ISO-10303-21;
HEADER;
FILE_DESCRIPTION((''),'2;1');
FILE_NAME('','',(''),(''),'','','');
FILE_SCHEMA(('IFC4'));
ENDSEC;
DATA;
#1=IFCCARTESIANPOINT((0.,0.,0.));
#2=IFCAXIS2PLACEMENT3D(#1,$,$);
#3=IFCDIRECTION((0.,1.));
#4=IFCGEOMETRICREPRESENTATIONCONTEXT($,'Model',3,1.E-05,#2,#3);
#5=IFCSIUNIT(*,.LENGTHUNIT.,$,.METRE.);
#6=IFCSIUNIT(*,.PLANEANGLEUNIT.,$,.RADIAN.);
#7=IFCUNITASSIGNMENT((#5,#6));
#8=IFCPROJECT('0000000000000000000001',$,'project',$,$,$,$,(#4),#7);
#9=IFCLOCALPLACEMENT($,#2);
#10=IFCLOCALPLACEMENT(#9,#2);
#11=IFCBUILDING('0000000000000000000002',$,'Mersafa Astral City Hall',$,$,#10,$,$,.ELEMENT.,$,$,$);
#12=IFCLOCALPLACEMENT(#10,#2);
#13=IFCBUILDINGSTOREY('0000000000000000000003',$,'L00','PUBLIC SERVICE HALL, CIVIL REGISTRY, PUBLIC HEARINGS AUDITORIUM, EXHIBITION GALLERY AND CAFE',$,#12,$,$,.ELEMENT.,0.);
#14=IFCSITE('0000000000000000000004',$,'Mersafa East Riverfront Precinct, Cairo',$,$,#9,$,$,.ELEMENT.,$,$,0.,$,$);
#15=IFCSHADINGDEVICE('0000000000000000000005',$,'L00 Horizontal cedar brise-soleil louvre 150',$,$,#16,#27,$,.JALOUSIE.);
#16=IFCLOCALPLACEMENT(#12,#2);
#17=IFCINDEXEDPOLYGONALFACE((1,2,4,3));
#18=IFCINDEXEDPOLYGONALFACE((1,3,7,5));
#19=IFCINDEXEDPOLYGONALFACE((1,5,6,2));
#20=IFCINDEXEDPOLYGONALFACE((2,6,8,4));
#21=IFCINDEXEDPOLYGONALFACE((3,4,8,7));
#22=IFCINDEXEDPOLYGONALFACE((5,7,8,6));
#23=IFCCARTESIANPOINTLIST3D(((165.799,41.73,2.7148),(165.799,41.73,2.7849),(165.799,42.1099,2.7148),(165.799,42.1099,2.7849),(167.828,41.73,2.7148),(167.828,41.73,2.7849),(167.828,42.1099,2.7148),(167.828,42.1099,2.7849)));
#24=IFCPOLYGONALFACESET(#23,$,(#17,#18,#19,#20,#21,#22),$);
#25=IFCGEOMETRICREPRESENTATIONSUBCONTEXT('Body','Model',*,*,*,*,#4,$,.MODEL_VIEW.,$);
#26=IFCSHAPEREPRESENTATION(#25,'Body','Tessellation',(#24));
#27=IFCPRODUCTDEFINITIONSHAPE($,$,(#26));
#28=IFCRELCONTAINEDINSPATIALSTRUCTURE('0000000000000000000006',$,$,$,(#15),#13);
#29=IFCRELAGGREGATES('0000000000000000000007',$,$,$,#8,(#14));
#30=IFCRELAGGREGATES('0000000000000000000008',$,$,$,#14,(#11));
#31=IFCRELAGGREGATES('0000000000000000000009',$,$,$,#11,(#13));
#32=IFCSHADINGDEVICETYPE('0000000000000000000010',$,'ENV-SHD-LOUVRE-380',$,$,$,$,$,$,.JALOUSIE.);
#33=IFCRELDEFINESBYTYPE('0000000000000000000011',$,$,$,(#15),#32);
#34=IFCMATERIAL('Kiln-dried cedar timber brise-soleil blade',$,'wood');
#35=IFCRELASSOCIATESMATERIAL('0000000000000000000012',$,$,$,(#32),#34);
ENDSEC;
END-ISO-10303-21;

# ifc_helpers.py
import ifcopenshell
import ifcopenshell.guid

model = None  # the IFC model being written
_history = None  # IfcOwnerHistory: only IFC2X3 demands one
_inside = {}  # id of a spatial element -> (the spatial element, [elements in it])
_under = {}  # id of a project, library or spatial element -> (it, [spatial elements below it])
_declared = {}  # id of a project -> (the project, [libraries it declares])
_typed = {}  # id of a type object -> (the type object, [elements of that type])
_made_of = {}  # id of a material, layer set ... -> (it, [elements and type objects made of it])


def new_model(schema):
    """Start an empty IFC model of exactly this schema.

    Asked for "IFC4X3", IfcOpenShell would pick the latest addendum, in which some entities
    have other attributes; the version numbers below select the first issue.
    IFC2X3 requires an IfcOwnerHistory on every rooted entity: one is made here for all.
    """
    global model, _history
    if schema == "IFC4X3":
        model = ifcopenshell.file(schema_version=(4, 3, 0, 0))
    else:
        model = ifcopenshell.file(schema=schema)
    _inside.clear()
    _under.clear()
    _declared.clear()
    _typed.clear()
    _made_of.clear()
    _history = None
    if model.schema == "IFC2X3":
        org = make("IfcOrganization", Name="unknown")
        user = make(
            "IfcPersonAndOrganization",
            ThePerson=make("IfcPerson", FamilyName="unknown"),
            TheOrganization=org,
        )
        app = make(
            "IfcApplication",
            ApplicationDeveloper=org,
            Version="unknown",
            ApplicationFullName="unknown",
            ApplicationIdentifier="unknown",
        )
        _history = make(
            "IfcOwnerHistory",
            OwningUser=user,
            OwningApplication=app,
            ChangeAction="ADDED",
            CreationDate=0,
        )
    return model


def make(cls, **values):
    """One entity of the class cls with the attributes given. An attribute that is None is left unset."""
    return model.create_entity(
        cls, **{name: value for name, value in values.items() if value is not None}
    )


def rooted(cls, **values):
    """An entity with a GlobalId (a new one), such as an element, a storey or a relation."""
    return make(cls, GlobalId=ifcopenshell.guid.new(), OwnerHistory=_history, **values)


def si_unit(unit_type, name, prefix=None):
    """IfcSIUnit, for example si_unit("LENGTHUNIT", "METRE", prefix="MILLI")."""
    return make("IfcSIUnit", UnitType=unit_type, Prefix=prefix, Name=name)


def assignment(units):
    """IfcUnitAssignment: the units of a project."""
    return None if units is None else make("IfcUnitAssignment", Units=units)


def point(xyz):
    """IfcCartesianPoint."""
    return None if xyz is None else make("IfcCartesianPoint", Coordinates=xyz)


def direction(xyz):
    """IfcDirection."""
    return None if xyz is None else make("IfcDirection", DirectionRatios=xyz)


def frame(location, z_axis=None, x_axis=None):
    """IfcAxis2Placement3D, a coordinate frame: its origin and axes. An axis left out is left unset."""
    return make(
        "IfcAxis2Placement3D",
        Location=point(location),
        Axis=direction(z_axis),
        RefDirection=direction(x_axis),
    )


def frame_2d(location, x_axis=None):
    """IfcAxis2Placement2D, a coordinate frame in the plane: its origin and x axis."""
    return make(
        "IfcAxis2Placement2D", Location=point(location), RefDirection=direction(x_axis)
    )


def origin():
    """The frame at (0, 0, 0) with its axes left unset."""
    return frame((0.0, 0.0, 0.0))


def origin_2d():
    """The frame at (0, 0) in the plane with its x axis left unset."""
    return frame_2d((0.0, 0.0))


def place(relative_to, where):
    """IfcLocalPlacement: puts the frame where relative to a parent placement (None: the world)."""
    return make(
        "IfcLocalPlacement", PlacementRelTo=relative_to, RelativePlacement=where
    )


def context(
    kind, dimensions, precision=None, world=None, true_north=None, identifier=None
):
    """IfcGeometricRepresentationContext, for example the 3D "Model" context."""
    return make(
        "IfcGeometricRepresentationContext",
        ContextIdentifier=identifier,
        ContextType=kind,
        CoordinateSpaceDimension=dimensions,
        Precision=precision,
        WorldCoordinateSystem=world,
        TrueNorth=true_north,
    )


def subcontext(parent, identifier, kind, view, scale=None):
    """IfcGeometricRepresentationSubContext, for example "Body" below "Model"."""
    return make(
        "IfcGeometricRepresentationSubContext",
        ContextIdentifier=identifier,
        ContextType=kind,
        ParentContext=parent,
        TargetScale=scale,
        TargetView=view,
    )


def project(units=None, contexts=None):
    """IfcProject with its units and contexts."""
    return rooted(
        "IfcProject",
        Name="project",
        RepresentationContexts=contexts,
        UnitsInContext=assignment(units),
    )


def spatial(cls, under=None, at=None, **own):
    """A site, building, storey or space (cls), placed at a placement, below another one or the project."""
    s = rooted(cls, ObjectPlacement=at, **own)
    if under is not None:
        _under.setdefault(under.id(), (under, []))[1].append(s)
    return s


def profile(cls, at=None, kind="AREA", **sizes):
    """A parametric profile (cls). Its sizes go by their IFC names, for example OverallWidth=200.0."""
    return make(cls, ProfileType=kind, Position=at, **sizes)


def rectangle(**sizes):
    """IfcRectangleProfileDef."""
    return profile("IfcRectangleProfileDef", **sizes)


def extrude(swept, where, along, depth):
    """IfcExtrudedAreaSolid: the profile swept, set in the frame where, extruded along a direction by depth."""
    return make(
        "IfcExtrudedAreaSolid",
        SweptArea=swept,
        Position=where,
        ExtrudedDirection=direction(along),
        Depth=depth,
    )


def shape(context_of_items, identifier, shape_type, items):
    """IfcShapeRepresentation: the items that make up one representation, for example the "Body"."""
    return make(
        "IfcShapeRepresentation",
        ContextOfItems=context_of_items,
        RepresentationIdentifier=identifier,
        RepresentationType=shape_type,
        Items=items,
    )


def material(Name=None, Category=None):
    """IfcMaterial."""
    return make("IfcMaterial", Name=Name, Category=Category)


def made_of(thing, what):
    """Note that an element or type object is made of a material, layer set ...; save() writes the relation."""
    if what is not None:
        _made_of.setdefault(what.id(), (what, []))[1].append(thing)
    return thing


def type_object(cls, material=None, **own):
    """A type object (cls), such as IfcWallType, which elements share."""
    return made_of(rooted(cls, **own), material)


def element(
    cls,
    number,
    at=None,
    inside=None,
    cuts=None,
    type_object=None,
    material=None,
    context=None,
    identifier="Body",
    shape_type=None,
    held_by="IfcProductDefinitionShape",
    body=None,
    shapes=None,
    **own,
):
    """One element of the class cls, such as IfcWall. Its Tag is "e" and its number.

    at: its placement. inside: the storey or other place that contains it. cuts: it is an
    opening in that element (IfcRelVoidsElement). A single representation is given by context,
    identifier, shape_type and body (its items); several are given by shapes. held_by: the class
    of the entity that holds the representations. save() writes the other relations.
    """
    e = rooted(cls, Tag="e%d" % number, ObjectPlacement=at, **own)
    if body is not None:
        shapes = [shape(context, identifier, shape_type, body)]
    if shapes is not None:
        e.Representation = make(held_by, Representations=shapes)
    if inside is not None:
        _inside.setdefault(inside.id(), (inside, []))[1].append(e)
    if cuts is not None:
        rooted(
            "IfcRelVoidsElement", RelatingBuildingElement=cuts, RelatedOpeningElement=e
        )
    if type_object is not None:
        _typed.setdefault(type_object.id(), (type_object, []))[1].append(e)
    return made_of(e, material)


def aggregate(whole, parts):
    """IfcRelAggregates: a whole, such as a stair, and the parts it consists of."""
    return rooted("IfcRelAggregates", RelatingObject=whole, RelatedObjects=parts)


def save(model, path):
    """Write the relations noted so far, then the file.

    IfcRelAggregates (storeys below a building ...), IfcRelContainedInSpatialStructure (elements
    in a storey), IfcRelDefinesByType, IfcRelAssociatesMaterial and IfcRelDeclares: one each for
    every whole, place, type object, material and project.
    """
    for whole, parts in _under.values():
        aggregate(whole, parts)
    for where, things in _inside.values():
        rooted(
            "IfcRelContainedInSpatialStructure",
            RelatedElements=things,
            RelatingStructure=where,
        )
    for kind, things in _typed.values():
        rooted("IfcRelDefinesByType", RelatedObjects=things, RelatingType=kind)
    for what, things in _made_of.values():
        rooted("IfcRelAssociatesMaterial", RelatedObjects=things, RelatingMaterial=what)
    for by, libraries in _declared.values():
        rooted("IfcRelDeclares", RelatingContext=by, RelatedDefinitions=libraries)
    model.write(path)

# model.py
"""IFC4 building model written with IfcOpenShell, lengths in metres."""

from ifc_helpers import new_model, si_unit, direction, frame, origin, origin_2d, place, context, subcontext, project, spatial, rectangle, extrude, material, type_object, element, save


model = new_model("IFC4")

# Units and contexts
model_context = context("Model", 3, precision=1e-05, world=origin(), true_north=direction((0.0, 1.0)))
body_context = subcontext(model_context, "Body", "Model", "MODEL_VIEW")
ifc_project = project(units=[si_unit("LENGTHUNIT", "METRE"), si_unit("PLANEANGLEUNIT", "RADIAN")], contexts=[model_context])

# Site, building, storey
site_placement = place(None, origin())
site = spatial("IfcSite", under=ifc_project, at=site_placement, Name="Mersafa East Riverfront Precinct, Cairo", CompositionType="ELEMENT", RefElevation=0.0)
building_placement = place(site_placement, origin())
building = spatial("IfcBuilding", under=site, at=building_placement, Name="Mersafa Astral City Hall", CompositionType="ELEMENT")
storey_placement = place(building_placement, origin())
storey = spatial("IfcBuildingStorey", under=building, at=storey_placement, Name="L00", Description="PUBLIC SERVICE HALL, CIVIL REGISTRY, PUBLIC HEARINGS AUDITORIUM, EXHIBITION GALLERY AND CAFE", CompositionType="ELEMENT", Elevation=0.0)

# Shading device
ifc_material_1 = material(Name="Kiln-dried cedar timber brise-soleil blade", Category="wood")
shading_device_type = type_object("IfcShadingDeviceType", Name="ENV-SHD-LOUVRE-380", PredefinedType="JALOUSIE", material=ifc_material_1)
shading_device_1_placement = place(storey_placement, frame((166.8135, 41.9199, 2.7148), z_axis=(0.0, 0.0, 1.0), x_axis=(1.0, 0.0, 0.0)))
element("IfcShadingDevice", 1, at=shading_device_1_placement, inside=storey, type_object=shading_device_type, Name="L00 Horizontal cedar brise-soleil louvre 150", PredefinedType="JALOUSIE", context=body_context, shape_type="SweptSolid", body=[
    extrude(rectangle(XDim=2.0291, YDim=0.3799, at=origin_2d()), origin(), (0.0, 0.0, 1.0), 0.0701),
])

save(model, "model.ifc")
